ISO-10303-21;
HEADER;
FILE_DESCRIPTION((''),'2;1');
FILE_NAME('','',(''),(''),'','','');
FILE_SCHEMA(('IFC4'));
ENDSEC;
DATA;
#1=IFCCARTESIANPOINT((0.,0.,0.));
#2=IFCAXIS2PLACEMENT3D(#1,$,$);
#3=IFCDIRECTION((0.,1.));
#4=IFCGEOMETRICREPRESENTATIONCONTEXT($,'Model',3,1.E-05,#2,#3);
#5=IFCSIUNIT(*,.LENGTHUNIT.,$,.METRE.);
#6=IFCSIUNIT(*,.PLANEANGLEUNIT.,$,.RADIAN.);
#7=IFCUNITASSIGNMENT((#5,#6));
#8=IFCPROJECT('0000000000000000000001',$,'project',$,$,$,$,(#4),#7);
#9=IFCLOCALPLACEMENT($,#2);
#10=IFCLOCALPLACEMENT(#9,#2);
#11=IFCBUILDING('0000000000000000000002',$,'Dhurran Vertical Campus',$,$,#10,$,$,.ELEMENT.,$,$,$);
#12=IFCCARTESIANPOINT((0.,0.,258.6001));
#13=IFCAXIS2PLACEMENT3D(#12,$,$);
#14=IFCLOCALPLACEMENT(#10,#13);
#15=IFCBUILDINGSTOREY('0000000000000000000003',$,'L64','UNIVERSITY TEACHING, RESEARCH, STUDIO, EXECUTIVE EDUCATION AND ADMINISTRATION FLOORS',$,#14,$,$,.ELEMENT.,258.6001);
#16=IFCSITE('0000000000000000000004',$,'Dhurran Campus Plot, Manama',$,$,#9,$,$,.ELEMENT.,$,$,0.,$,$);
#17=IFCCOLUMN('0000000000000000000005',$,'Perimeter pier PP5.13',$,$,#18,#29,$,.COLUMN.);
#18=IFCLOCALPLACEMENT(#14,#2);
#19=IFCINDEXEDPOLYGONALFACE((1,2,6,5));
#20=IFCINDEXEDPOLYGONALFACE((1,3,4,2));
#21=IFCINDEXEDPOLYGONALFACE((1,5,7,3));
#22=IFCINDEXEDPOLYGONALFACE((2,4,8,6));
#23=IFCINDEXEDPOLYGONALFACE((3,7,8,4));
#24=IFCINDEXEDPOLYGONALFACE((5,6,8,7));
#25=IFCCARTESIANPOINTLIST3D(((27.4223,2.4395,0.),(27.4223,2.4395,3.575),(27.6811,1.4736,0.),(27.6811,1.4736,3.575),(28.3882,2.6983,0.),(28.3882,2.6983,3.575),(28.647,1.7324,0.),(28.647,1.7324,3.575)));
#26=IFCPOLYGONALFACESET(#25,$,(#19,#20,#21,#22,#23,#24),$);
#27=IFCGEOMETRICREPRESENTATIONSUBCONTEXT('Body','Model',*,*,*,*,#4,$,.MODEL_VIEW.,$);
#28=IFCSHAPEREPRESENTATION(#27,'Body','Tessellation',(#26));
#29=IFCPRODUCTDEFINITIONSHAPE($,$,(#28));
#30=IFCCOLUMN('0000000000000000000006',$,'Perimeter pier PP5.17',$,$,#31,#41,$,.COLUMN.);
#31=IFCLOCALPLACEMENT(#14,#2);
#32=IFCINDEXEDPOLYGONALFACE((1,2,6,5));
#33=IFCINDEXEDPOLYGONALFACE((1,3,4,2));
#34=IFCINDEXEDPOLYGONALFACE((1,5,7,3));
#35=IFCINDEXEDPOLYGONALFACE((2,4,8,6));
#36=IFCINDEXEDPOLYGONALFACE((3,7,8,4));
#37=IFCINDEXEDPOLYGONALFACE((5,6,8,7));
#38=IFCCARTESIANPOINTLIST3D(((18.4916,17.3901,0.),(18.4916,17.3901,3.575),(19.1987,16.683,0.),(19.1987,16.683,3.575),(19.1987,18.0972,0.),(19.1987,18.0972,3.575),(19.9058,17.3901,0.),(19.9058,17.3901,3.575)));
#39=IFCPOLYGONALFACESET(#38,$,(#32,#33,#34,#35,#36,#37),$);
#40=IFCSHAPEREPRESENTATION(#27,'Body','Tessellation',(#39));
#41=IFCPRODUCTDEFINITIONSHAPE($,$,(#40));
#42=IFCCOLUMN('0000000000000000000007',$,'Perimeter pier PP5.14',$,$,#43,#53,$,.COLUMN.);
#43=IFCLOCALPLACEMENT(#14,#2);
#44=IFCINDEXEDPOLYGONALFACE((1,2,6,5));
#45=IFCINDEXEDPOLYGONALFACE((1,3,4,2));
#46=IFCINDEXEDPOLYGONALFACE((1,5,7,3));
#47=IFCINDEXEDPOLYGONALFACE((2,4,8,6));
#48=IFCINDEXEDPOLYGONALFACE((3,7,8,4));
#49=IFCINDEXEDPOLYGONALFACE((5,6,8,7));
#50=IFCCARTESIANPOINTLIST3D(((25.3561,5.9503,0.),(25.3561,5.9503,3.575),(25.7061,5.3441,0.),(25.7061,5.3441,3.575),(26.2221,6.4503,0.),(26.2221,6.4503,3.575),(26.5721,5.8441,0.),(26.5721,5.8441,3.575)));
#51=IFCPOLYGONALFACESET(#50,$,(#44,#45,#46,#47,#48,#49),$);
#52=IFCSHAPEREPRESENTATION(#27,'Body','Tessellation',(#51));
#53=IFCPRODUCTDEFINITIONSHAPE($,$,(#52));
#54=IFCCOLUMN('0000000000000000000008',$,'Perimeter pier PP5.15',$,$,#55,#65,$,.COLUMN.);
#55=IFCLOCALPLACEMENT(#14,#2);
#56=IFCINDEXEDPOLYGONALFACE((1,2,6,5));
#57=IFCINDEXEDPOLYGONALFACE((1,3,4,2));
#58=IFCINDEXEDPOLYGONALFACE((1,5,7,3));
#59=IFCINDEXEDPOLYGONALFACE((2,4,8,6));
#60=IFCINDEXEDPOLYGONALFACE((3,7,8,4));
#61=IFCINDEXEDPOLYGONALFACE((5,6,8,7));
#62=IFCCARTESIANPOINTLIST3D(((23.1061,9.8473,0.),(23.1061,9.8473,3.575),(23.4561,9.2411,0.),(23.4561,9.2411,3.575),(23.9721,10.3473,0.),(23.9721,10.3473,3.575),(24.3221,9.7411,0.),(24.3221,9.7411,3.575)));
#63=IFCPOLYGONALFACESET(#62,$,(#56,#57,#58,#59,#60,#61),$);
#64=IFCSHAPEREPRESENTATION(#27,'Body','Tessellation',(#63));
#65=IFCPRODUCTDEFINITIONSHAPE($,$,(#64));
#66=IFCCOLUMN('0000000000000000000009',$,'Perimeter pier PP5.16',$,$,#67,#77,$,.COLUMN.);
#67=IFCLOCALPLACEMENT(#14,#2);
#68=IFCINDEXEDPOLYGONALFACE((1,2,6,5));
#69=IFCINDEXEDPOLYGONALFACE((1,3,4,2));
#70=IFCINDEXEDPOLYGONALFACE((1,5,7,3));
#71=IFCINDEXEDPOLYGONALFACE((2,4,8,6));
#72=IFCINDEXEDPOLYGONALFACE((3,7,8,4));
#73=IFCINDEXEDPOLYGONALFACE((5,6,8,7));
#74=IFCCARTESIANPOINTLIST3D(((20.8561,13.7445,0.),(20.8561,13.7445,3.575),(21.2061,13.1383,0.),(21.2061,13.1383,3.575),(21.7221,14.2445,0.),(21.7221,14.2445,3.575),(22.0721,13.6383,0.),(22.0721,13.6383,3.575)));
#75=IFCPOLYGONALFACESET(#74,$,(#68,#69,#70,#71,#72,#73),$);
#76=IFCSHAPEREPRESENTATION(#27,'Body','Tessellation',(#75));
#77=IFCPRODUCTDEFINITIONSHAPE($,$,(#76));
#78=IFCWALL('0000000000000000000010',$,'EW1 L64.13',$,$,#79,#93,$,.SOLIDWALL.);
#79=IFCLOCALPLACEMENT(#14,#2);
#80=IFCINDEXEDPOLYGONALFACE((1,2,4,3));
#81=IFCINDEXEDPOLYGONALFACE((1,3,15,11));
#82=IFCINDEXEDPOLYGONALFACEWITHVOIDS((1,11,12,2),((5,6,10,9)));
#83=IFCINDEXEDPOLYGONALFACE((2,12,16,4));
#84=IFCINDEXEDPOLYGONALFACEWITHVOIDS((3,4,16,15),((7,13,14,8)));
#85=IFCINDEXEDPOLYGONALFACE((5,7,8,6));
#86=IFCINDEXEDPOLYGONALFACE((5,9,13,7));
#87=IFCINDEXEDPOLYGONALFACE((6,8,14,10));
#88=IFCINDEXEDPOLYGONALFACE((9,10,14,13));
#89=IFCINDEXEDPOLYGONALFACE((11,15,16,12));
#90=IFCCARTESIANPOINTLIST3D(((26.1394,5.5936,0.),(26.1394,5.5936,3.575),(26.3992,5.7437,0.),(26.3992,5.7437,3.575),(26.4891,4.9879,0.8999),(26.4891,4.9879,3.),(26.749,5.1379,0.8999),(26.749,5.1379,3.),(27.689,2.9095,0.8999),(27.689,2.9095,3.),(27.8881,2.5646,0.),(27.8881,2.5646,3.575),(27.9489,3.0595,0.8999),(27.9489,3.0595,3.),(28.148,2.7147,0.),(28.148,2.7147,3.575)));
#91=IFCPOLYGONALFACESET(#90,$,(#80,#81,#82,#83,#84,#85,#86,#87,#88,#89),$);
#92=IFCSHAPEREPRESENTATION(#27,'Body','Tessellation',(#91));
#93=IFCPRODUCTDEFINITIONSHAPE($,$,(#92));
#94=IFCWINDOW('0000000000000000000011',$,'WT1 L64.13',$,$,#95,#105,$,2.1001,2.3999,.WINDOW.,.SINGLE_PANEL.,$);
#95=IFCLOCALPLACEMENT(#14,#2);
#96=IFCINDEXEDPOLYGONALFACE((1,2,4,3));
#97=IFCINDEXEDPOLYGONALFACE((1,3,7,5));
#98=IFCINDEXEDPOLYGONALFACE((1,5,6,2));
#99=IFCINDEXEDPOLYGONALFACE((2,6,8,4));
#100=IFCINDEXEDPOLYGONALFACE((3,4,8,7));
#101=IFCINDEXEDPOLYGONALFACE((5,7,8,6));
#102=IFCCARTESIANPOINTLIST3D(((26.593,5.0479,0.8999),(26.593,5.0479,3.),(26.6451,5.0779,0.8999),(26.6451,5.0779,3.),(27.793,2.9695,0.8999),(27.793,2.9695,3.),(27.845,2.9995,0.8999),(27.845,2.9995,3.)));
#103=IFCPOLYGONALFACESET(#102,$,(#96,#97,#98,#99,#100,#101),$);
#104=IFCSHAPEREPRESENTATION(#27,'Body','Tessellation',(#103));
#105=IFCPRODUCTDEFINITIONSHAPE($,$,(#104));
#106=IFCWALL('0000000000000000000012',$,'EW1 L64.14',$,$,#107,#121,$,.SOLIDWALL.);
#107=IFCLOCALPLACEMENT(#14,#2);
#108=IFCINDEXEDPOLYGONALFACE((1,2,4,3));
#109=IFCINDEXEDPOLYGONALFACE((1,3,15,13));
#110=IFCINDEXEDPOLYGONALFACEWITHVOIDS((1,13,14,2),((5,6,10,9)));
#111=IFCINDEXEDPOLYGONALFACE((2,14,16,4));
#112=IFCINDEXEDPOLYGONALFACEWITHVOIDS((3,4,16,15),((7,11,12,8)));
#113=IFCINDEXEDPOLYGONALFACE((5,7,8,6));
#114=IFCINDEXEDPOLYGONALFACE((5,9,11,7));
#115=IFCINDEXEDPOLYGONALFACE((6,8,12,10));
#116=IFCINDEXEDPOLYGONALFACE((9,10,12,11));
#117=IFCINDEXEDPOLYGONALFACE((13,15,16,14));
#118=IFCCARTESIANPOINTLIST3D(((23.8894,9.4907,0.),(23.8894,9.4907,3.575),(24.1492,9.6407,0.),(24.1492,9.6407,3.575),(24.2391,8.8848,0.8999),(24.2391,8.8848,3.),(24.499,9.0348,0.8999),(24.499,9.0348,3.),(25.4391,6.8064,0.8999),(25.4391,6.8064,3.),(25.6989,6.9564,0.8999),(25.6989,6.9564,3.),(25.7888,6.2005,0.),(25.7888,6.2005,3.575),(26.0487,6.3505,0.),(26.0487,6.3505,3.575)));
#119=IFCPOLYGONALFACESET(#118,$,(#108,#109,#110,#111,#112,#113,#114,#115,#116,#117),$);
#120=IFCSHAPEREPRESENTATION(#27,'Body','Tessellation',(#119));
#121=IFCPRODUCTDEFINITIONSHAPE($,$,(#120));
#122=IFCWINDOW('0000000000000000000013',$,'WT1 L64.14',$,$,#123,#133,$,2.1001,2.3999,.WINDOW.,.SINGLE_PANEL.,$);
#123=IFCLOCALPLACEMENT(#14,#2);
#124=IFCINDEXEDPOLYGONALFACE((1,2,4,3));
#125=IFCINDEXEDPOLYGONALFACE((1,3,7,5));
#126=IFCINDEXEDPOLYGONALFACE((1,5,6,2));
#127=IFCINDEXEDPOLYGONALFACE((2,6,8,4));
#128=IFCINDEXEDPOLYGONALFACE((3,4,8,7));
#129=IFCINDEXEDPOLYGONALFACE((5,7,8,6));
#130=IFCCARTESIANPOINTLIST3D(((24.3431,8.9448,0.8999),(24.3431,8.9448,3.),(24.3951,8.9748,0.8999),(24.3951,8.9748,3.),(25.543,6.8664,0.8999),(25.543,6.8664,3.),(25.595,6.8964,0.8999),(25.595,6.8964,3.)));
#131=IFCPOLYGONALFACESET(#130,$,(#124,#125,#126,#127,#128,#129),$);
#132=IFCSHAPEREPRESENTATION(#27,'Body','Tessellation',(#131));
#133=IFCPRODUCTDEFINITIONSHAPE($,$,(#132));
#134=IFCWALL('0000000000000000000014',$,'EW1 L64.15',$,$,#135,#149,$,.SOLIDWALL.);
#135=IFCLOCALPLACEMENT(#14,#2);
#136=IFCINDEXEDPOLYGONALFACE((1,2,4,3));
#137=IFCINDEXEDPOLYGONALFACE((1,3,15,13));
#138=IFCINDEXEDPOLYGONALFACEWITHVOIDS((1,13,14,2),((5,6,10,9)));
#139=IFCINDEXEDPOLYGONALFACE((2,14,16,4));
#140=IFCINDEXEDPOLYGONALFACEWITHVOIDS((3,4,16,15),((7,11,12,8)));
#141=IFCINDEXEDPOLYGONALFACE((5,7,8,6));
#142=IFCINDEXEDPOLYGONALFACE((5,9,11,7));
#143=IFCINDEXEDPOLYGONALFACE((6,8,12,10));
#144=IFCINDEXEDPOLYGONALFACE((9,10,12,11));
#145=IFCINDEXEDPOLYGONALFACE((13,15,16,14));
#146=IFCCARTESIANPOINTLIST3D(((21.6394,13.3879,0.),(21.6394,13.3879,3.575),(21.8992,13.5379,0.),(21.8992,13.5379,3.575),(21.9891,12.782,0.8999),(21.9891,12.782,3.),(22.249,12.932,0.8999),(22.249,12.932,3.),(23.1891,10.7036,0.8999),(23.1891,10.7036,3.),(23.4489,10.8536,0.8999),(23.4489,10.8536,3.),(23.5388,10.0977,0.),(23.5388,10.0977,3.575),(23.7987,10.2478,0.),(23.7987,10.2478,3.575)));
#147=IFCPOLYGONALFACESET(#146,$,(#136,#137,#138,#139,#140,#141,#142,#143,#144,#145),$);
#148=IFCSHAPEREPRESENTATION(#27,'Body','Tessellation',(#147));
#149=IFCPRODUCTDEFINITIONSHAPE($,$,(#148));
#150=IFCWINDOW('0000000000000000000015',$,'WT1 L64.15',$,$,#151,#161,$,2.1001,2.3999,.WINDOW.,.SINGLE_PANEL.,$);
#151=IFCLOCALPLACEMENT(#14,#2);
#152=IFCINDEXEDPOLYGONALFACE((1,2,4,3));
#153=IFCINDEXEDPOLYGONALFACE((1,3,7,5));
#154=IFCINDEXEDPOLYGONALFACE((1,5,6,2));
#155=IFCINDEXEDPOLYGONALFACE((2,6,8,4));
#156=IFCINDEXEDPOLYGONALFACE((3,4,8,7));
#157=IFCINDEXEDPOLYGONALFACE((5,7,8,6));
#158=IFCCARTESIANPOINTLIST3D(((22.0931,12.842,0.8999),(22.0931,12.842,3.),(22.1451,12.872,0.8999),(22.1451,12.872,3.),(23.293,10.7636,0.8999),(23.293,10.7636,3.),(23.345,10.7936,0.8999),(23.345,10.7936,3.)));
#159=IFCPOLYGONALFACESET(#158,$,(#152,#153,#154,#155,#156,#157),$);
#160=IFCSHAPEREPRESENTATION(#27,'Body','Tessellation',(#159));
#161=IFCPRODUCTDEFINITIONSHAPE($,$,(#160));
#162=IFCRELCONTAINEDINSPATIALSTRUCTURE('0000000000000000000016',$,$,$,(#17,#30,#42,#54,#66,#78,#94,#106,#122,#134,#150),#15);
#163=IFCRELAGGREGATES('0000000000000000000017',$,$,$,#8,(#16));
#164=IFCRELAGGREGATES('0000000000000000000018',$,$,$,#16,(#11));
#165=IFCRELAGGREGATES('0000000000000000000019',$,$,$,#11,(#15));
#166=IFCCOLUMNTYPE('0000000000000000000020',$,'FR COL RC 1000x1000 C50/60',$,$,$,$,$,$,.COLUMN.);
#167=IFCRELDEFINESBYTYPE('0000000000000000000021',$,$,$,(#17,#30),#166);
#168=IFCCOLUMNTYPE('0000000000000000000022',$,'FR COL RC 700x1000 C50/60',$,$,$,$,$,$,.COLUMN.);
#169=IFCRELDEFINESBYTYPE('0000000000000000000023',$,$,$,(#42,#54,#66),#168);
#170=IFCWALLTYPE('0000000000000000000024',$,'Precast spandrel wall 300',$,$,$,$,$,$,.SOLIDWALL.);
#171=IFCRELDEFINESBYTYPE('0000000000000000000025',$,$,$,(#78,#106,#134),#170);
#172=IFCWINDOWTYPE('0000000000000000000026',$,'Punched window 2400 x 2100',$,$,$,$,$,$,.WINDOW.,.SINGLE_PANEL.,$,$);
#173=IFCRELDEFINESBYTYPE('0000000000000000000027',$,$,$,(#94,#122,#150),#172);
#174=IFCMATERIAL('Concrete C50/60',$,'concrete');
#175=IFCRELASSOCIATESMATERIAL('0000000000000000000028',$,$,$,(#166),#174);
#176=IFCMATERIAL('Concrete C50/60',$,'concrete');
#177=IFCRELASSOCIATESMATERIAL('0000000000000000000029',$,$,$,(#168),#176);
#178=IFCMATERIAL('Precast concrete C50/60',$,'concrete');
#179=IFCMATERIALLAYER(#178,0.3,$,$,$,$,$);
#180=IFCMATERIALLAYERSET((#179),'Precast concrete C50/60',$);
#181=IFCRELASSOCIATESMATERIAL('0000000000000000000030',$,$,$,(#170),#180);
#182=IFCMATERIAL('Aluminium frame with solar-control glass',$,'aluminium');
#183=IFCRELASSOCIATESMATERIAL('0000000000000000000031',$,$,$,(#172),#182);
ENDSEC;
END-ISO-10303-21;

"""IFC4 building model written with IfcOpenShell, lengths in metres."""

from ifc_helpers import new_model, si_unit, direction, frame, frame_2d, origin, origin_2d, place, context, subcontext, project, spatial, rectangle, extrude, material, layer, layer_set, material_profile, profile_set, type_object, element, fill, save


model = new_model("IFC4")

# Units and contexts
model_context = context("Model", 3, precision=1e-05, world=origin(), true_north=direction((0.0, 1.0)))
body_context = subcontext(model_context, "Body", "Model", "MODEL_VIEW")
ifc_project = project(units=[si_unit("LENGTHUNIT", "METRE"), si_unit("PLANEANGLEUNIT", "RADIAN")], contexts=[model_context])

# Site, building, storey
site_placement = place(None, origin())
site = spatial("IfcSite", under=ifc_project, at=site_placement, Name="Dhurran Campus Plot, Manama", CompositionType="ELEMENT", RefElevation=0.0)
building_placement = place(site_placement, origin())
building = spatial("IfcBuilding", under=site, at=building_placement, Name="Dhurran Vertical Campus", CompositionType="ELEMENT")
storey_placement = place(building_placement, frame((0.0, 0.0, 258.6001)))
storey = spatial("IfcBuildingStorey", under=building, at=storey_placement, Name="L64", Description="UNIVERSITY TEACHING, RESEARCH, STUDIO, EXECUTIVE EDUCATION AND ADMINISTRATION FLOORS", CompositionType="ELEMENT", Elevation=258.6001)

# Columns
ifc_material_1 = material(Name="Concrete C50/60", Category="concrete")
ifc_material_profile_1 = material_profile(ifc_material_1, rectangle(XDim=1.0, YDim=1.0, at=origin_2d()), Name="RC 1000x1000")
ifc_profile_set_1 = profile_set([ifc_material_profile_1], Name="Concrete C50/60")
column_type_1 = type_object("IfcColumnType", Name="FR COL RC 1000x1000 C50/60", PredefinedType="COLUMN", material=ifc_profile_set_1)
for number, where, z_axis, x_axis, name in (
    (1, (28.0347, 2.0859, 0.0), (0.0, 0.0, 1.0), (-0.258819, 0.965926, 0.0), "Perimeter pier PP5.13"),
    (2, (19.1987, 17.3901, 0.0), (0.0, 0.0, 1.0), (-0.707107, 0.707107, 0.0), "Perimeter pier PP5.17"),
):
    element("IfcColumn", number, at=place(storey_placement, frame(where, z_axis=z_axis, x_axis=x_axis)), inside=storey, type_object=column_type_1, Name=name, PredefinedType="COLUMN", context=body_context, shape_type="SweptSolid", body=[
        extrude(rectangle(XDim=1.0, YDim=1.0, at=origin_2d()), origin(), (0.0, 0.0, 1.0), 3.575),
    ])
ifc_material_2 = material(Name="Concrete C50/60", Category="concrete")
ifc_material_profile_2 = material_profile(ifc_material_2, rectangle(XDim=0.7, YDim=1.0, at=origin_2d()), Name="RC 700x1000")
ifc_profile_set_2 = profile_set([ifc_material_profile_2], Name="Concrete C50/60")
column_type_2 = type_object("IfcColumnType", Name="FR COL RC 700x1000 C50/60", PredefinedType="COLUMN", material=ifc_profile_set_2)
for number, where, z_axis, x_axis, name in (
    (3, (25.9641, 5.8972, 0.0), (0.0, 0.0, 1.0), (-0.5, 0.866025, 0.0), "Perimeter pier PP5.14"),
    (4, (23.7141, 9.7942, 0.0), (0.0, 0.0, 1.0), (-0.5, 0.866025, 0.0), "Perimeter pier PP5.15"),
    (5, (21.4641, 13.6914, 0.0), (0.0, 0.0, 1.0), (-0.5, 0.866025, 0.0), "Perimeter pier PP5.16"),
):
    element("IfcColumn", number, at=place(storey_placement, frame(where, z_axis=z_axis, x_axis=x_axis)), inside=storey, type_object=column_type_2, Name=name, PredefinedType="COLUMN", context=body_context, shape_type="SweptSolid", body=[
        extrude(rectangle(XDim=0.7, YDim=1.0, at=origin_2d()), origin(), (0.0, 0.0, 1.0), 3.575),
    ])

# Walls, openings, windows
ifc_material_3 = material(Name="Precast concrete C50/60", Category="concrete")
ifc_layer_1 = layer(ifc_material_3, 0.3)
ifc_layer_set_1 = layer_set([ifc_layer_1], Name="Precast concrete C50/60")
wall_type_1 = type_object("IfcWallType", Name="Precast spandrel wall 300", PredefinedType="SOLIDWALL", material=ifc_layer_set_1)
wall_1_placement = place(storey_placement, frame((28.0181, 2.6396, 0.0), z_axis=(0.0, 0.0, 1.0), x_axis=(-0.49999, 0.866031, 0.0)))
wall_1 = element("IfcWall", 6, at=wall_1_placement, inside=storey, type_object=wall_type_1, Name="EW1 L64.13", PredefinedType="SOLIDWALL", context=body_context, shape_type="SweptSolid", body=[
    extrude(rectangle(XDim=3.4976, YDim=0.3, at=frame_2d((1.7488, 0.0))), origin(), (0.0, 0.0, 1.0), 3.575),
])
opening_1_placement = place(wall_1_placement, frame((0.3982, 0.0, 0.8999)))
opening_1 = element("IfcOpeningElement", 7, at=opening_1_placement, cuts=wall_1, PredefinedType="OPENING", context=body_context, shape_type="SweptSolid", body=[
    extrude(rectangle(XDim=2.3999, YDim=2.1001, at=frame_2d((1.2, 1.05))), frame((0.0, 0.1599, 0.0), z_axis=(0.0, -1.0, 0.0), x_axis=(1.0, 0.0, 0.0)), (0.0, 0.0, 1.0), 0.3201),
])
ifc_material_4 = material(Name="Aluminium frame with solar-control glass", Category="aluminium")
window_type = type_object("IfcWindowType", Name="Punched window 2400 x 2100", PartitioningType="SINGLE_PANEL", PredefinedType="WINDOW", material=ifc_material_4)
window_1_placement = place(opening_1_placement, origin())
window_1 = element("IfcWindow", 8, at=window_1_placement, inside=storey, type_object=window_type, Name="WT1 L64.13", OverallHeight=2.1001, OverallWidth=2.3999, PartitioningType="SINGLE_PANEL", PredefinedType="WINDOW", context=body_context, shape_type="SweptSolid", body=[
    extrude(rectangle(XDim=2.3999, YDim=2.1001, at=frame_2d((1.2, 1.05))), frame((0.0, 0.03, 0.0), z_axis=(0.0, -1.0, 0.0), x_axis=(1.0, 0.0, 0.0)), (0.0, 0.0, 1.0), 0.0601),
])
fill(opening_1, window_1)
wall_2_placement = place(storey_placement, frame((25.9187, 6.2756, 0.0), z_axis=(0.0, 0.0, 1.0), x_axis=(-0.499982, 0.866036, 0.0)))
wall_2 = element("IfcWall", 9, at=wall_2_placement, inside=storey, type_object=wall_type_1, Name="EW1 L64.14", PredefinedType="SOLIDWALL", context=body_context, shape_type="SweptSolid", body=[
    extrude(rectangle(XDim=3.7991, YDim=0.3, at=frame_2d((1.8994, 0.0))), origin(), (0.0, 0.0, 1.0), 3.575),
])
opening_2_placement = place(wall_2_placement, frame((0.6995, 0.0, 0.8999)))
opening_2 = element("IfcOpeningElement", 10, at=opening_2_placement, cuts=wall_2, PredefinedType="OPENING", context=body_context, shape_type="SweptSolid", body=[
    extrude(rectangle(XDim=2.3999, YDim=2.1001, at=frame_2d((1.2, 1.05))), frame((0.0, 0.1599, 0.0), z_axis=(0.0, -1.0, 0.0), x_axis=(1.0, 0.0, 0.0)), (0.0, 0.0, 1.0), 0.3201),
])
window_2_placement = place(opening_2_placement, origin())
window_2 = element("IfcWindow", 11, at=window_2_placement, inside=storey, type_object=window_type, Name="WT1 L64.14", OverallHeight=2.1001, OverallWidth=2.3999, PartitioningType="SINGLE_PANEL", PredefinedType="WINDOW", context=body_context, shape_type="SweptSolid", body=[
    extrude(rectangle(XDim=2.3999, YDim=2.1001, at=frame_2d((1.2, 1.05))), frame((0.0, 0.03, 0.0), z_axis=(0.0, -1.0, 0.0), x_axis=(1.0, 0.0, 0.0)), (0.0, 0.0, 1.0), 0.0601),
])
fill(opening_2, window_2)
wall_3_placement = place(storey_placement, frame((23.6687, 10.1729, 0.0), z_axis=(0.0, 0.0, 1.0), x_axis=(-0.499982, 0.866036, 0.0)))
wall_3 = element("IfcWall", 12, at=wall_3_placement, inside=storey, type_object=wall_type_1, Name="EW1 L64.15", PredefinedType="SOLIDWALL", context=body_context, shape_type="SweptSolid", body=[
    extrude(rectangle(XDim=3.7991, YDim=0.3, at=frame_2d((1.8994, 0.0))), origin(), (0.0, 0.0, 1.0), 3.575),
])
opening_3_placement = place(wall_3_placement, frame((0.6995, 0.0, 0.8999)))
opening_3 = element("IfcOpeningElement", 13, at=opening_3_placement, cuts=wall_3, PredefinedType="OPENING", context=body_context, shape_type="SweptSolid", body=[
    extrude(rectangle(XDim=2.3999, YDim=2.1001, at=frame_2d((1.2, 1.05))), frame((0.0, 0.1599, 0.0), z_axis=(0.0, -1.0, 0.0), x_axis=(1.0, 0.0, 0.0)), (0.0, 0.0, 1.0), 0.3201),
])
window_3_placement = place(opening_3_placement, origin())
window_3 = element("IfcWindow", 14, at=window_3_placement, inside=storey, type_object=window_type, Name="WT1 L64.15", OverallHeight=2.1001, OverallWidth=2.3999, PartitioningType="SINGLE_PANEL", PredefinedType="WINDOW", context=body_context, shape_type="SweptSolid", body=[
    extrude(rectangle(XDim=2.3999, YDim=2.1001, at=frame_2d((1.2, 1.05))), frame((0.0, 0.03, 0.0), z_axis=(0.0, -1.0, 0.0), x_axis=(1.0, 0.0, 0.0)), (0.0, 0.0, 1.0), 0.0601),
])
fill(opening_3, window_3)

save(model, "model.ifc")
